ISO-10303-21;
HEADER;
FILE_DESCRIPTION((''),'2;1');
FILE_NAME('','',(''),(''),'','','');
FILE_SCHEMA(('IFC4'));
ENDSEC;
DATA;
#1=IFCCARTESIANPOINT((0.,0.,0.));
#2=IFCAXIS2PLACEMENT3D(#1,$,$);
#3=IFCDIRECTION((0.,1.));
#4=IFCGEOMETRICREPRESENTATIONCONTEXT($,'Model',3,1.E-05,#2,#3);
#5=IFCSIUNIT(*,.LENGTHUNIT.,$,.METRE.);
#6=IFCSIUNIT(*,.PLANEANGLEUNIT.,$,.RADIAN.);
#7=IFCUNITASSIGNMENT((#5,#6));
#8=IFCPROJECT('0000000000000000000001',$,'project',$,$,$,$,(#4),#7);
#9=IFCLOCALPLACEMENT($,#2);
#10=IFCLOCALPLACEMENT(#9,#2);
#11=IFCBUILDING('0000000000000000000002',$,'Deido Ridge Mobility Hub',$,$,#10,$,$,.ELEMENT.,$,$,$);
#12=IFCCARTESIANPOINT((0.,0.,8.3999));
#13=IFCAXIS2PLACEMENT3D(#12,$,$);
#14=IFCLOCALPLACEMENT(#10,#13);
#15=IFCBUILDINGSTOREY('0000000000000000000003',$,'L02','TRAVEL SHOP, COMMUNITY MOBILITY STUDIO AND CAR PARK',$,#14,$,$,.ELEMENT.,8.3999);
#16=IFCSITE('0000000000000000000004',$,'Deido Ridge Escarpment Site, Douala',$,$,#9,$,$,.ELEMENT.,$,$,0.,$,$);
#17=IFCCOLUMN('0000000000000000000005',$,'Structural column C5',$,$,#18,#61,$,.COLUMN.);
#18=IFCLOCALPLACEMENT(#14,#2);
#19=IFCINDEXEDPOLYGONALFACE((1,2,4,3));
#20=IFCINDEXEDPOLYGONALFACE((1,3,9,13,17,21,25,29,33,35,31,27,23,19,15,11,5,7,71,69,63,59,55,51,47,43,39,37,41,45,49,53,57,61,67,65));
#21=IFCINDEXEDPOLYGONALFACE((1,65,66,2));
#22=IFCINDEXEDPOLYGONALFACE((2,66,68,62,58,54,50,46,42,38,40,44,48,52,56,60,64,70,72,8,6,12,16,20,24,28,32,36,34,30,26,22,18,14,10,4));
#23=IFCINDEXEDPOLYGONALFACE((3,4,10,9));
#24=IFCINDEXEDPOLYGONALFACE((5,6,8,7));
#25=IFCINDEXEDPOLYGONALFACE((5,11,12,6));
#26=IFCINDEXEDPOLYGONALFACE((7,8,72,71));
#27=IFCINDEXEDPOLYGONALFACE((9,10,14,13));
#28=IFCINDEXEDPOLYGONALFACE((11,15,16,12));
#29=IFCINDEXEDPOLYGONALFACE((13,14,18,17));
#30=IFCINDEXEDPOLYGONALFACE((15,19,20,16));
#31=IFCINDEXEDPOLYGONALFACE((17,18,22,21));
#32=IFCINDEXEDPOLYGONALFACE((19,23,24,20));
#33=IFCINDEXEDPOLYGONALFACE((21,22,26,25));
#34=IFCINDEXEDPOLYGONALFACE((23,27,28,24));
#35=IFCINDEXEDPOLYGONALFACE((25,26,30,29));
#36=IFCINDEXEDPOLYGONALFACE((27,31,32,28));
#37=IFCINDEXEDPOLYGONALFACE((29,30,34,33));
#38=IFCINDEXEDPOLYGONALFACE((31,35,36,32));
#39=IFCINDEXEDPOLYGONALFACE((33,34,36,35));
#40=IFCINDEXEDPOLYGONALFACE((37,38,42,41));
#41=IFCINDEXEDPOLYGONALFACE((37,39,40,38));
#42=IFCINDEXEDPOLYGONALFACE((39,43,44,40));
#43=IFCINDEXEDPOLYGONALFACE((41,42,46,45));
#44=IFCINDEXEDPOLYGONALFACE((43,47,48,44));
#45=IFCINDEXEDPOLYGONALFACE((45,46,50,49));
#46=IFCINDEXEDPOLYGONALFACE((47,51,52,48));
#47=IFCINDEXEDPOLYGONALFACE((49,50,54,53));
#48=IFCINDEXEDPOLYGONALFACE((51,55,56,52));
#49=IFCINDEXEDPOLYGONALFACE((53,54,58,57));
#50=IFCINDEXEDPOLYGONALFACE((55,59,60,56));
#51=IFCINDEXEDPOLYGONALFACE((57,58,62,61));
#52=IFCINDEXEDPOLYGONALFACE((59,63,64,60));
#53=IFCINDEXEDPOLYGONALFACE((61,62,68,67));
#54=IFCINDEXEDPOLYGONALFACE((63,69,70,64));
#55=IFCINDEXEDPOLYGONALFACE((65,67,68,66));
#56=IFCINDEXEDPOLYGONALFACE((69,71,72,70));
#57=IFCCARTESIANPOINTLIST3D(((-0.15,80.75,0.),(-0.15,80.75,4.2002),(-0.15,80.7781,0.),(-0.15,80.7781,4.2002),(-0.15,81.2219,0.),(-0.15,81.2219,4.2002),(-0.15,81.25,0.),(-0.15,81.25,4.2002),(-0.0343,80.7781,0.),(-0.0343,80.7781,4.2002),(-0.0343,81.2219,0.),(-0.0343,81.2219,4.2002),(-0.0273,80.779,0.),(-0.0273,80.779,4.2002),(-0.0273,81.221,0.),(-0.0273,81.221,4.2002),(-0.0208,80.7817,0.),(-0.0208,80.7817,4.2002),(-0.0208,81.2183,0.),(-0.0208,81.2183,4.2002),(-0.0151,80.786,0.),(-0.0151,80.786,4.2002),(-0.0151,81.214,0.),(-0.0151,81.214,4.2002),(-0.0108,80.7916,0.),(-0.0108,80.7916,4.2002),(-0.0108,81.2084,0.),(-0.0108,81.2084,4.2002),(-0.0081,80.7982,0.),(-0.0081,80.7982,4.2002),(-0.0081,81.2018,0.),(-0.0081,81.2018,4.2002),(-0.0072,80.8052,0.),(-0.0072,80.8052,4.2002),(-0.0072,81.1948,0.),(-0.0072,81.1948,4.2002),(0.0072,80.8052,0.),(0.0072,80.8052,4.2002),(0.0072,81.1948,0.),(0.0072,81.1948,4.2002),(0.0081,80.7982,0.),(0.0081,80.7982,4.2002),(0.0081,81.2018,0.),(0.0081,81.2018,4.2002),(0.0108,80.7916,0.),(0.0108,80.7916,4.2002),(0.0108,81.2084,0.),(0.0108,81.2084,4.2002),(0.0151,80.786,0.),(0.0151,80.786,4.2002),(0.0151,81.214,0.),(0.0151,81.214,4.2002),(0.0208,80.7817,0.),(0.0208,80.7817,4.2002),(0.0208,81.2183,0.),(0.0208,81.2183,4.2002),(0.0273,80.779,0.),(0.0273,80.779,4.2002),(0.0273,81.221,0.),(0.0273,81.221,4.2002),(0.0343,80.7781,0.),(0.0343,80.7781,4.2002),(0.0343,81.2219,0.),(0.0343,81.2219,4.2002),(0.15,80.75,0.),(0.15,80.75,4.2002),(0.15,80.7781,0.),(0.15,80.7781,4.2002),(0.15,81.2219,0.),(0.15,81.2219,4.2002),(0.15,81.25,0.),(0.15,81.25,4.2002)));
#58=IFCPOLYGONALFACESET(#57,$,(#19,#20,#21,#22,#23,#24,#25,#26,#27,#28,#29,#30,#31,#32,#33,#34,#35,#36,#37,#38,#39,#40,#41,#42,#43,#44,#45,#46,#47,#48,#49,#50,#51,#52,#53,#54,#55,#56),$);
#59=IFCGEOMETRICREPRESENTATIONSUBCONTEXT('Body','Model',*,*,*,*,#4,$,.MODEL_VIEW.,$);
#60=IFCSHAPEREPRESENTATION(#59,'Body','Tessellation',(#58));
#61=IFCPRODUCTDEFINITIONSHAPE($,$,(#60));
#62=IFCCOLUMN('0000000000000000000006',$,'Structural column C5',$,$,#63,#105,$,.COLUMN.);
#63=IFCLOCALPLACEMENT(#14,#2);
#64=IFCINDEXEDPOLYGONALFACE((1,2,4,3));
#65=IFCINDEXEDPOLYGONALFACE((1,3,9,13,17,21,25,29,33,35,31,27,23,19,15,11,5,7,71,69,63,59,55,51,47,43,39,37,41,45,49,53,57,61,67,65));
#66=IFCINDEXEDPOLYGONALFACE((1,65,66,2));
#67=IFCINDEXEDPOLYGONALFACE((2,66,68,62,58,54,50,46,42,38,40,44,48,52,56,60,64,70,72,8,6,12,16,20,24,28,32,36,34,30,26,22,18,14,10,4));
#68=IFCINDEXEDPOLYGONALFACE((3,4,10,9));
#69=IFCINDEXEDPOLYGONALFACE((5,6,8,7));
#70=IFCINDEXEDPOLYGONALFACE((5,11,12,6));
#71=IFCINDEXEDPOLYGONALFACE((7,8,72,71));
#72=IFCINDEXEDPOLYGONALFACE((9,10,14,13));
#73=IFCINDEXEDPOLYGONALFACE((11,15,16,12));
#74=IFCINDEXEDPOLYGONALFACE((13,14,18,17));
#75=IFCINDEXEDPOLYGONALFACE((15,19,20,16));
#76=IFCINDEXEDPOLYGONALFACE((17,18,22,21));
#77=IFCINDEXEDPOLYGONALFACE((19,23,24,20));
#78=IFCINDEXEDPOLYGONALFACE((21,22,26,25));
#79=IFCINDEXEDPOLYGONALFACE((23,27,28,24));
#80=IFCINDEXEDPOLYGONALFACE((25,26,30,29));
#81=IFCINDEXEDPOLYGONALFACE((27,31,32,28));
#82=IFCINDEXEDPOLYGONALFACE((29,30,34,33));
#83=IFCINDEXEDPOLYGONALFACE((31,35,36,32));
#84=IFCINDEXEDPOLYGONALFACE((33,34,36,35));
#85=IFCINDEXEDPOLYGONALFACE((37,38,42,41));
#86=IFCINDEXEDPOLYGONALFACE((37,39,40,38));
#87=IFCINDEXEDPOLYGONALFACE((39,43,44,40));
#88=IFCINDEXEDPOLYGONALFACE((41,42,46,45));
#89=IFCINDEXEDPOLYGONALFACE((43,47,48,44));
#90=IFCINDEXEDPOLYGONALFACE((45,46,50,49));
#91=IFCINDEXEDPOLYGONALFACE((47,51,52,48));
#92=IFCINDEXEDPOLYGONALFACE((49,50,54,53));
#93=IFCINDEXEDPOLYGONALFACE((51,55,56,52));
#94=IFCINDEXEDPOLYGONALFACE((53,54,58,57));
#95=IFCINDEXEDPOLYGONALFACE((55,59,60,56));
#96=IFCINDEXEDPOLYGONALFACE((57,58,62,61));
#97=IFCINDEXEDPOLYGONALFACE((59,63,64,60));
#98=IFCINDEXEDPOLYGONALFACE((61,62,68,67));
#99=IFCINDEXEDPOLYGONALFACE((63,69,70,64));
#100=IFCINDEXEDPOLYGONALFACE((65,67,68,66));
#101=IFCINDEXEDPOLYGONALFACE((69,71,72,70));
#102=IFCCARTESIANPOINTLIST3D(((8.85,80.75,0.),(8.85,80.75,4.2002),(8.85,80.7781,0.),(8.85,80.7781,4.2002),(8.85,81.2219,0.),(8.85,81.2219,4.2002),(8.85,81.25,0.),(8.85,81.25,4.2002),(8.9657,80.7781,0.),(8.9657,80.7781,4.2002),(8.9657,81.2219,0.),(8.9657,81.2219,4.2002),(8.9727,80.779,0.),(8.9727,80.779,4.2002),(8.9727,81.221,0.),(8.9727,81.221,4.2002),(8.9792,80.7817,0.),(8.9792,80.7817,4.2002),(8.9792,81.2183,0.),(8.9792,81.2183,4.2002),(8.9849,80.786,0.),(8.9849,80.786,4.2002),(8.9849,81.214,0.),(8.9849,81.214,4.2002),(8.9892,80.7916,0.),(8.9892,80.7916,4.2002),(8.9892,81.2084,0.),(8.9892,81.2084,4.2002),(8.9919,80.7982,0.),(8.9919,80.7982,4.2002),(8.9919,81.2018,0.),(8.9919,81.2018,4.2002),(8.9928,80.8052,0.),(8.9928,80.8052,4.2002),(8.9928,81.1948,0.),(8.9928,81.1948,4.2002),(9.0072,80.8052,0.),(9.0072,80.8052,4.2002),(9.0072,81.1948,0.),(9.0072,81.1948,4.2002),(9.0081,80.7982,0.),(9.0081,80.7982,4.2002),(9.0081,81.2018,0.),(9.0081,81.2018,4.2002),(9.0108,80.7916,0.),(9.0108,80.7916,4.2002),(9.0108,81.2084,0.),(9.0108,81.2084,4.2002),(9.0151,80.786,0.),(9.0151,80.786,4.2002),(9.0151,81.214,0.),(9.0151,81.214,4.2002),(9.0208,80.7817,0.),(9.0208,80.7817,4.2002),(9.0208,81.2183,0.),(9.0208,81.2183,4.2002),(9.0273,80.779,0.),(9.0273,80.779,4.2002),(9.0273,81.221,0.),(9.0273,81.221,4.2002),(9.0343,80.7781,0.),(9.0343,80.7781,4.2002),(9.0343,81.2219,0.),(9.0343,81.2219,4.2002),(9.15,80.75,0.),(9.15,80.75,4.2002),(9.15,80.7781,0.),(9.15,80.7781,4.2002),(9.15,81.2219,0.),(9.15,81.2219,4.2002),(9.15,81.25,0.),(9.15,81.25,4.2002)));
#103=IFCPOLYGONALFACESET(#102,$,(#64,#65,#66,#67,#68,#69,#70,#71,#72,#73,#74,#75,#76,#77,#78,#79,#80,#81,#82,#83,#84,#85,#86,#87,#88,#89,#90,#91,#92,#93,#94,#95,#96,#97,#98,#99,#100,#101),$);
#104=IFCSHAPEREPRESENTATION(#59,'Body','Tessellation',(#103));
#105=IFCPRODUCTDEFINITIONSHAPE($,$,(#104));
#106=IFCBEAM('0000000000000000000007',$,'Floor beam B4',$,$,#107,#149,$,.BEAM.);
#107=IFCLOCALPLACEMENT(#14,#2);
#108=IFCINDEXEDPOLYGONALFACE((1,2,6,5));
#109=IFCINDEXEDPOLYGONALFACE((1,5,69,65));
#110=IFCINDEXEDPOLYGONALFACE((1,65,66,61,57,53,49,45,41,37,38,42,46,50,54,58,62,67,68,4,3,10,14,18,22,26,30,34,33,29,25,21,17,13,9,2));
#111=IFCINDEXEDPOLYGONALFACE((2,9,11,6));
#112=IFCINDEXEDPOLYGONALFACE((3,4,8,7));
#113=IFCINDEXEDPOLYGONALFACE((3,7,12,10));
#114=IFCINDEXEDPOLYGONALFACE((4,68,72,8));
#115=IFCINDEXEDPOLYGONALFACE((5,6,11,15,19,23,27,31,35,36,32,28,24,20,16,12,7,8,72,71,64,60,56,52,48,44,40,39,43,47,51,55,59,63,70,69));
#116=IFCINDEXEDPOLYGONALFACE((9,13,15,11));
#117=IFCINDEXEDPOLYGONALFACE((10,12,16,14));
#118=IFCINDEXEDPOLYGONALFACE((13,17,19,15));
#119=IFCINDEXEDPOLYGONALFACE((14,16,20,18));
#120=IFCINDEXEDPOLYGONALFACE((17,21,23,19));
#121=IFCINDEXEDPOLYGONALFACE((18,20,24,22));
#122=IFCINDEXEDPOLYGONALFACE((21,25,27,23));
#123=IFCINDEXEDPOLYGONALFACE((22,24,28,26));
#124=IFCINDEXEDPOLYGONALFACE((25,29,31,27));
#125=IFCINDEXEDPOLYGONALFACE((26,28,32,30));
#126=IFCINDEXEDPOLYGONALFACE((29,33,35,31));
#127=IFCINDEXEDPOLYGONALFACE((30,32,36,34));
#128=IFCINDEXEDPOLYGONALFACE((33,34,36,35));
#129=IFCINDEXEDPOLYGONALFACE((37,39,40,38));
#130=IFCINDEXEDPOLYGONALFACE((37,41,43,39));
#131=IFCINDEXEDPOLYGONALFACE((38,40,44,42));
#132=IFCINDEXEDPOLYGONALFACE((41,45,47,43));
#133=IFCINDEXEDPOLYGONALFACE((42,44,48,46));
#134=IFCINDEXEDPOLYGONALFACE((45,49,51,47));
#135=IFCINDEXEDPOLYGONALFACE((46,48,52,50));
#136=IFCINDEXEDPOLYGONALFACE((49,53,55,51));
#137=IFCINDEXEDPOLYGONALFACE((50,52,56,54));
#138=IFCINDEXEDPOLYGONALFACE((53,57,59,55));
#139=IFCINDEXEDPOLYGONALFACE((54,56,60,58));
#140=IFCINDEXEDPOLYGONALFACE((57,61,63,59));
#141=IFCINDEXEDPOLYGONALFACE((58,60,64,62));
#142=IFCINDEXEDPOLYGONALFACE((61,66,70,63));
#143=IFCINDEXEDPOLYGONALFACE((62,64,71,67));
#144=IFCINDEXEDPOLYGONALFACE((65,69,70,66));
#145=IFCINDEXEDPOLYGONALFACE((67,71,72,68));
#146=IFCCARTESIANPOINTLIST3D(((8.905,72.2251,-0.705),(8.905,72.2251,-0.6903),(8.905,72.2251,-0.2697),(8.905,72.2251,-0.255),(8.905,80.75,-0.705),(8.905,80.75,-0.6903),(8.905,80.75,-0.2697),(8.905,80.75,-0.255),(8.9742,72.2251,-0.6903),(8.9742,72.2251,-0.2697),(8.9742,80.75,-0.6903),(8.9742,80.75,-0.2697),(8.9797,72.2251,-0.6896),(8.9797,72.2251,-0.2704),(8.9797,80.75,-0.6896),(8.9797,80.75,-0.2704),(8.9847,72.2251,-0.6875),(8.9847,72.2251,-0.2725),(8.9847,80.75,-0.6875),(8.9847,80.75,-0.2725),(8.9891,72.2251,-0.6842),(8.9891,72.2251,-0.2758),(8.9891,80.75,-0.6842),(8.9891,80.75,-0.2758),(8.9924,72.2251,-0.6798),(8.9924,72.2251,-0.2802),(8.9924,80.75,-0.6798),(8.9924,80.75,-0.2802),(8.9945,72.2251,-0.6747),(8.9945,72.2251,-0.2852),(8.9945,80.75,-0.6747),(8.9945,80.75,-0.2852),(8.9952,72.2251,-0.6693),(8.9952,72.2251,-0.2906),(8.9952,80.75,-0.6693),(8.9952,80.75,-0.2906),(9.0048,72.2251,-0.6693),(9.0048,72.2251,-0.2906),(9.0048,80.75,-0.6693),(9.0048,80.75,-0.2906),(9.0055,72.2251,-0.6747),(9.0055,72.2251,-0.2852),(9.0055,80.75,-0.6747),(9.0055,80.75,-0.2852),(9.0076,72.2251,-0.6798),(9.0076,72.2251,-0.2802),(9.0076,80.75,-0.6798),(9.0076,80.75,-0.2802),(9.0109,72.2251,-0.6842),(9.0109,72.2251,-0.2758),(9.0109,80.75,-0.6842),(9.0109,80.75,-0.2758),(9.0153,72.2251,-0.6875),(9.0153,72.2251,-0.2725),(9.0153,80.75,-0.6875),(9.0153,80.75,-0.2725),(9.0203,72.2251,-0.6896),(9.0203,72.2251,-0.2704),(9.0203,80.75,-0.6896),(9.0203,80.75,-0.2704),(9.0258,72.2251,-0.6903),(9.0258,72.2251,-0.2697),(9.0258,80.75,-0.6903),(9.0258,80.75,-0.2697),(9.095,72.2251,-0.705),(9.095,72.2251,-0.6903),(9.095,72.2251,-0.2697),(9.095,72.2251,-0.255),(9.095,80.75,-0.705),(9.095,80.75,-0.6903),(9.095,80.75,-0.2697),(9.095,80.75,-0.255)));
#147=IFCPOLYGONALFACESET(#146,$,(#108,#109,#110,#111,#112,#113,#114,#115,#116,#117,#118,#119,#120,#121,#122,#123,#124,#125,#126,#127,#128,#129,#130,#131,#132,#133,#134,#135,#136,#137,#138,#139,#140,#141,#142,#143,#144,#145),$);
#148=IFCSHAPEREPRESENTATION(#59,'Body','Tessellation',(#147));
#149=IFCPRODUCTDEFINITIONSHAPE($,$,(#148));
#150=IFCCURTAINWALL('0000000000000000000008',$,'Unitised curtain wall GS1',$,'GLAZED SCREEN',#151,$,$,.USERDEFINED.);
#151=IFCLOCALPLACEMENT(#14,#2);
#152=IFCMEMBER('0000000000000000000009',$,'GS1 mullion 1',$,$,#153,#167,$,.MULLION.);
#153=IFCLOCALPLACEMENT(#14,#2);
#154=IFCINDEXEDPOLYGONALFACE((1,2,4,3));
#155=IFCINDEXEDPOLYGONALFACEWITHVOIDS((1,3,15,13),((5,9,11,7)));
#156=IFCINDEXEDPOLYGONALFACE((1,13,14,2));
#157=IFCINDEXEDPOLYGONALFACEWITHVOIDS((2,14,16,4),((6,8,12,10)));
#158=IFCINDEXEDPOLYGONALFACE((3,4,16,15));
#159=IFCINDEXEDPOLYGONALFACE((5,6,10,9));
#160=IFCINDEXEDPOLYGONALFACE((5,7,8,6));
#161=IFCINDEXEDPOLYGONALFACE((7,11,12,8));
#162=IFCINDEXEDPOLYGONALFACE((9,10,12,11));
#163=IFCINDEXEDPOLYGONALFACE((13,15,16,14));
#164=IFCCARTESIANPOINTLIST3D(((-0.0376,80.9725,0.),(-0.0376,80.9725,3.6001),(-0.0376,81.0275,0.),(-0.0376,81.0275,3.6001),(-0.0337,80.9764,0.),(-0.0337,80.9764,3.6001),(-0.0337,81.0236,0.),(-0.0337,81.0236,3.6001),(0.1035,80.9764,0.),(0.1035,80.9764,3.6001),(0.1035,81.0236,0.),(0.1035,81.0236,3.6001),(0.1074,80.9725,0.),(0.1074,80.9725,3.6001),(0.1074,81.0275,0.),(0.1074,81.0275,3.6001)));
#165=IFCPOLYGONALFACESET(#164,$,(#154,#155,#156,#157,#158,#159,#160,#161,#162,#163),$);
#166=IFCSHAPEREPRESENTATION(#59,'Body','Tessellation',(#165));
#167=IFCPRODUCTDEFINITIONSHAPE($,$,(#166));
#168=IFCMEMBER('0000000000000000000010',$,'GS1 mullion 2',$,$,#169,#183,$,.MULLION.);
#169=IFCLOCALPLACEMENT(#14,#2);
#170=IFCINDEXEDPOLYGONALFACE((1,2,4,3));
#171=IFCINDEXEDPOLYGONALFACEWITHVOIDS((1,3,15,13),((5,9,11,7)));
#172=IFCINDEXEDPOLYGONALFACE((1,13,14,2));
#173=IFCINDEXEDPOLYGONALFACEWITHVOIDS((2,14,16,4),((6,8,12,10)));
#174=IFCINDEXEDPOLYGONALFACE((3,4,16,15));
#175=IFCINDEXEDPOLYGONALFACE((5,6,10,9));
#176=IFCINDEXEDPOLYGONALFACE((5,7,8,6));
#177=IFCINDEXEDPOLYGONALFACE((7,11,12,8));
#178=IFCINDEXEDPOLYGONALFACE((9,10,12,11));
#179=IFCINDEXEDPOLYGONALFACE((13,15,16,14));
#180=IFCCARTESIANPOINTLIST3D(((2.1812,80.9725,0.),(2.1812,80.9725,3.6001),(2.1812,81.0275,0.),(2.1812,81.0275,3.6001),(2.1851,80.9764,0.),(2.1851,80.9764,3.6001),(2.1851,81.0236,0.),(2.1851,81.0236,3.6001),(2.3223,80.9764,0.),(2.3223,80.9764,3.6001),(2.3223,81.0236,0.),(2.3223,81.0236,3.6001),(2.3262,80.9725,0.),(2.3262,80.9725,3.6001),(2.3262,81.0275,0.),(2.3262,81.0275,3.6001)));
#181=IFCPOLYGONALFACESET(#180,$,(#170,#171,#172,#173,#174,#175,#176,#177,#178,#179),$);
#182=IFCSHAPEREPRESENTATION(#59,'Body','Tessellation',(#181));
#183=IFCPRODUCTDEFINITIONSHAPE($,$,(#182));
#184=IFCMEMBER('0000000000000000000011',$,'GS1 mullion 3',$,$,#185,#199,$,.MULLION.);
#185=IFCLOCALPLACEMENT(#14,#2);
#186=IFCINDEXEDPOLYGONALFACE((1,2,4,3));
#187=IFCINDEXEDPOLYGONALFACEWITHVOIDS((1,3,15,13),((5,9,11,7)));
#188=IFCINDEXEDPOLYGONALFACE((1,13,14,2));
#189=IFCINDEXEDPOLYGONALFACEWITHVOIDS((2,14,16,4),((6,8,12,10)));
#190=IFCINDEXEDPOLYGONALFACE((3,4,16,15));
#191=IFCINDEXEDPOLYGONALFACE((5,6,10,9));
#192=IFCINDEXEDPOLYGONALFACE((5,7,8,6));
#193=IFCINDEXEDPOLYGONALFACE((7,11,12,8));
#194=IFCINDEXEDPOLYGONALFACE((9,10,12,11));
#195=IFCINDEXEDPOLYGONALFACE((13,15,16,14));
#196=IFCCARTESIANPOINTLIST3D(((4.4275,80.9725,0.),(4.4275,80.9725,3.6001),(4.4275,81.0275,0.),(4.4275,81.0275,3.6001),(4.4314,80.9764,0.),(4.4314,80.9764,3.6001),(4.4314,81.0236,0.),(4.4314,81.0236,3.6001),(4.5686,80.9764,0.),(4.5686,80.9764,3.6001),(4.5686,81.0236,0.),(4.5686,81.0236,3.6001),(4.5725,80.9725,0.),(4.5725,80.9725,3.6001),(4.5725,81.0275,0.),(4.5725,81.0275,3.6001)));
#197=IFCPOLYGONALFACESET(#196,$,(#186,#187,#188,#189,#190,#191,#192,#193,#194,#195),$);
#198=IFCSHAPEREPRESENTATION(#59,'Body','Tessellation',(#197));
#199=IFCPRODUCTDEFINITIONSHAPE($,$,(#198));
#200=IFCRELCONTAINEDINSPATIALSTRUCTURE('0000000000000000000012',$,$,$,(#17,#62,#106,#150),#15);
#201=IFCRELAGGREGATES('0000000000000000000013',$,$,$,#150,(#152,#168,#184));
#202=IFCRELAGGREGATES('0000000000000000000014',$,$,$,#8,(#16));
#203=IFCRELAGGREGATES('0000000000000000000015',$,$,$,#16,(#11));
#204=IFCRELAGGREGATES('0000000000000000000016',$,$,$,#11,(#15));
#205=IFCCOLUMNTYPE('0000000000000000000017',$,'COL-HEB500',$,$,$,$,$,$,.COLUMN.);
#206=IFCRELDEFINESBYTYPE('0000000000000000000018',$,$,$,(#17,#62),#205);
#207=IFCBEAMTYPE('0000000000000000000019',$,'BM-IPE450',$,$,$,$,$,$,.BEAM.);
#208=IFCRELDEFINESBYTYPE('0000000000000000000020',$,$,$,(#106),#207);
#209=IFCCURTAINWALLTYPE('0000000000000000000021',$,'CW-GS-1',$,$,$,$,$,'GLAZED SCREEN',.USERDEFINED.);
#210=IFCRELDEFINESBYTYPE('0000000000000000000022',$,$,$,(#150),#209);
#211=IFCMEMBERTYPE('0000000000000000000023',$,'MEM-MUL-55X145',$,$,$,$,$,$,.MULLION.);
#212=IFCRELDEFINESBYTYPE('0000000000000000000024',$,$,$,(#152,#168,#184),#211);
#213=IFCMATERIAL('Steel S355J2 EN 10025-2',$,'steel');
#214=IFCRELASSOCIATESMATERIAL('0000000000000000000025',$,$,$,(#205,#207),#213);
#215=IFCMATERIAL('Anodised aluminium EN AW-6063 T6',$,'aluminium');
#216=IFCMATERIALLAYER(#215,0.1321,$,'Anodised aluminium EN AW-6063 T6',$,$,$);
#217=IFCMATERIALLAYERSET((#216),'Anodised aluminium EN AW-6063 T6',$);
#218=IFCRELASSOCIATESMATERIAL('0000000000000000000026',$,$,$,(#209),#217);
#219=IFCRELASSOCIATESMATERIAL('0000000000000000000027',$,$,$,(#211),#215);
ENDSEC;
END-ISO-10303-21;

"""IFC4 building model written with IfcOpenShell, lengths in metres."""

from ifc_helpers import new_model, si_unit, direction, frame, origin, origin_2d, place, context, subcontext, project, spatial, hollow_rectangle, i_section, extrude, material, layer, layer_set, material_profile, profile_set, type_object, element, aggregate, save


model = new_model("IFC4")

# Units and contexts
model_context = context("Model", 3, precision=1e-05, world=origin(), true_north=direction((0.0, 1.0)))
body_context = subcontext(model_context, "Body", "Model", "MODEL_VIEW")
ifc_project = project(units=[si_unit("LENGTHUNIT", "METRE"), si_unit("PLANEANGLEUNIT", "RADIAN")], contexts=[model_context])

# Site, building, storey
site_placement = place(None, origin())
site = spatial("IfcSite", under=ifc_project, at=site_placement, Name="Deido Ridge Escarpment Site, Douala", CompositionType="ELEMENT", RefElevation=0.0)
building_placement = place(site_placement, origin())
building = spatial("IfcBuilding", under=site, at=building_placement, Name="Deido Ridge Mobility Hub", CompositionType="ELEMENT")
storey_placement = place(building_placement, frame((0.0, 0.0, 8.3999)))
storey = spatial("IfcBuildingStorey", under=building, at=storey_placement, Name="L02", Description="TRAVEL SHOP, COMMUNITY MOBILITY STUDIO AND CAR PARK", CompositionType="ELEMENT", Elevation=8.3999)

# Columns
ifc_material_1 = material(Name="Steel S355J2 EN 10025-2", Category="steel")
ifc_material_profile_1 = material_profile(ifc_material_1, i_section(OverallWidth=0.3, OverallDepth=0.5, WebThickness=0.0144, FlangeThickness=0.0281, FilletRadius=0.0271, at=origin_2d()), Name="HEB 500")
ifc_profile_set_1 = profile_set([ifc_material_profile_1], Name="Steel S355J2 EN 10025-2")
column_type = type_object("IfcColumnType", Name="COL-HEB500", PredefinedType="COLUMN", material=ifc_profile_set_1)
for number, where, z_axis, x_axis, name in (
    (1, (0.0, 81.0, 0.0), (0.0, 0.0, 1.0), (1.0, 0.0, 0.0), "Structural column C5"),
    (2, (9.0, 81.0, 0.0), (0.0, 0.0, 1.0), (1.0, 0.0, 0.0), "Structural column C5"),
):
    element("IfcColumn", number, at=place(storey_placement, frame(where, z_axis=z_axis, x_axis=x_axis)), inside=storey, type_object=column_type, Name=name, PredefinedType="COLUMN", context=body_context, shape_type="SweptSolid", body=[
        extrude(i_section(OverallWidth=0.3, OverallDepth=0.5, WebThickness=0.0144, FlangeThickness=0.0281, FilletRadius=0.0271, at=origin_2d()), origin(), (0.0, 0.0, 1.0), 4.2002),
    ])

# Beam
ifc_material_profile_2 = material_profile(ifc_material_1, i_section(OverallWidth=0.1899, OverallDepth=0.45, WebThickness=0.0095, FlangeThickness=0.0146, FilletRadius=0.021, at=origin_2d()), Name="IPE 450")
ifc_profile_set_2 = profile_set([ifc_material_profile_2], Name="Steel S355J2 EN 10025-2")
beam_type_1 = type_object("IfcBeamType", Name="BM-IPE450", PredefinedType="BEAM", material=ifc_profile_set_2)
beam_1_placement = place(storey_placement, frame((9.0, 72.2251, -0.48), z_axis=(0.0, 1.0, 0.0), x_axis=(-1.0, 0.0, 0.0)))
element("IfcBeam", 3, at=beam_1_placement, inside=storey, type_object=beam_type_1, Name="Floor beam B4", PredefinedType="BEAM", context=body_context, shape_type="SweptSolid", body=[
    extrude(i_section(OverallWidth=0.1899, OverallDepth=0.45, WebThickness=0.0095, FlangeThickness=0.0146, FilletRadius=0.021, at=origin_2d()), origin(), (0.0, 0.0, 1.0), 8.5249),
])

# Curtain wall, members
ifc_material_2 = material(Name="Anodised aluminium EN AW-6063 T6", Category="aluminium")
ifc_layer_1 = layer(ifc_material_2, 0.1321, Name="Anodised aluminium EN AW-6063 T6")
ifc_layer_set_1 = layer_set([ifc_layer_1], Name="Anodised aluminium EN AW-6063 T6")
curtain_wall_type_1 = type_object("IfcCurtainWallType", Name="CW-GS-1", ElementType="GLAZED SCREEN", PredefinedType="USERDEFINED", material=ifc_layer_set_1)
curtain_wall_1_placement = place(storey_placement, origin())
curtain_wall_1 = element("IfcCurtainWall", 4, at=curtain_wall_1_placement, inside=storey, type_object=curtain_wall_type_1, Name="Unitised curtain wall GS1", ObjectType="GLAZED SCREEN", PredefinedType="USERDEFINED")
ifc_material_profile_3 = material_profile(ifc_material_2, hollow_rectangle(XDim=0.0549, YDim=0.145, WallThickness=0.0039, at=origin_2d()), Name="RHS 55x145x4")
ifc_profile_set_3 = profile_set([ifc_material_profile_3], Name="Anodised aluminium EN AW-6063 T6")
member_type_1 = type_object("IfcMemberType", Name="MEM-MUL-55X145", PredefinedType="MULLION", material=ifc_profile_set_3)
member_1_placement = place(storey_placement, frame((0.0349, 81.0, 0.0), z_axis=(0.0, 0.0, 1.0), x_axis=(0.0, 1.0, 0.0)))
member_1 = element("IfcMember", 5, at=member_1_placement, type_object=member_type_1, Name="GS1 mullion 1", PredefinedType="MULLION", context=body_context, shape_type="SweptSolid", body=[
    extrude(hollow_rectangle(XDim=0.0549, YDim=0.145, WallThickness=0.0039, at=origin_2d()), origin(), (0.0, 0.0, 1.0), 3.6001),
])
member_2_placement = place(storey_placement, frame((2.2537, 81.0, 0.0), z_axis=(0.0, 0.0, 1.0), x_axis=(0.0, 1.0, 0.0)))
member_2 = element("IfcMember", 6, at=member_2_placement, type_object=member_type_1, Name="GS1 mullion 2", PredefinedType="MULLION", context=body_context, shape_type="SweptSolid", body=[
    extrude(hollow_rectangle(XDim=0.0549, YDim=0.145, WallThickness=0.0039, at=origin_2d()), origin(), (0.0, 0.0, 1.0), 3.6001),
])
member_3_placement = place(storey_placement, frame((4.5, 81.0, 0.0), z_axis=(0.0, 0.0, 1.0), x_axis=(0.0, 1.0, 0.0)))
member_3 = element("IfcMember", 7, at=member_3_placement, type_object=member_type_1, Name="GS1 mullion 3", PredefinedType="MULLION", context=body_context, shape_type="SweptSolid", body=[
    extrude(hollow_rectangle(XDim=0.0549, YDim=0.145, WallThickness=0.0039, at=origin_2d()), origin(), (0.0, 0.0, 1.0), 3.6001),
])

aggregate(curtain_wall_1, [member_1, member_2, member_3])

save(model, "model.ifc")
